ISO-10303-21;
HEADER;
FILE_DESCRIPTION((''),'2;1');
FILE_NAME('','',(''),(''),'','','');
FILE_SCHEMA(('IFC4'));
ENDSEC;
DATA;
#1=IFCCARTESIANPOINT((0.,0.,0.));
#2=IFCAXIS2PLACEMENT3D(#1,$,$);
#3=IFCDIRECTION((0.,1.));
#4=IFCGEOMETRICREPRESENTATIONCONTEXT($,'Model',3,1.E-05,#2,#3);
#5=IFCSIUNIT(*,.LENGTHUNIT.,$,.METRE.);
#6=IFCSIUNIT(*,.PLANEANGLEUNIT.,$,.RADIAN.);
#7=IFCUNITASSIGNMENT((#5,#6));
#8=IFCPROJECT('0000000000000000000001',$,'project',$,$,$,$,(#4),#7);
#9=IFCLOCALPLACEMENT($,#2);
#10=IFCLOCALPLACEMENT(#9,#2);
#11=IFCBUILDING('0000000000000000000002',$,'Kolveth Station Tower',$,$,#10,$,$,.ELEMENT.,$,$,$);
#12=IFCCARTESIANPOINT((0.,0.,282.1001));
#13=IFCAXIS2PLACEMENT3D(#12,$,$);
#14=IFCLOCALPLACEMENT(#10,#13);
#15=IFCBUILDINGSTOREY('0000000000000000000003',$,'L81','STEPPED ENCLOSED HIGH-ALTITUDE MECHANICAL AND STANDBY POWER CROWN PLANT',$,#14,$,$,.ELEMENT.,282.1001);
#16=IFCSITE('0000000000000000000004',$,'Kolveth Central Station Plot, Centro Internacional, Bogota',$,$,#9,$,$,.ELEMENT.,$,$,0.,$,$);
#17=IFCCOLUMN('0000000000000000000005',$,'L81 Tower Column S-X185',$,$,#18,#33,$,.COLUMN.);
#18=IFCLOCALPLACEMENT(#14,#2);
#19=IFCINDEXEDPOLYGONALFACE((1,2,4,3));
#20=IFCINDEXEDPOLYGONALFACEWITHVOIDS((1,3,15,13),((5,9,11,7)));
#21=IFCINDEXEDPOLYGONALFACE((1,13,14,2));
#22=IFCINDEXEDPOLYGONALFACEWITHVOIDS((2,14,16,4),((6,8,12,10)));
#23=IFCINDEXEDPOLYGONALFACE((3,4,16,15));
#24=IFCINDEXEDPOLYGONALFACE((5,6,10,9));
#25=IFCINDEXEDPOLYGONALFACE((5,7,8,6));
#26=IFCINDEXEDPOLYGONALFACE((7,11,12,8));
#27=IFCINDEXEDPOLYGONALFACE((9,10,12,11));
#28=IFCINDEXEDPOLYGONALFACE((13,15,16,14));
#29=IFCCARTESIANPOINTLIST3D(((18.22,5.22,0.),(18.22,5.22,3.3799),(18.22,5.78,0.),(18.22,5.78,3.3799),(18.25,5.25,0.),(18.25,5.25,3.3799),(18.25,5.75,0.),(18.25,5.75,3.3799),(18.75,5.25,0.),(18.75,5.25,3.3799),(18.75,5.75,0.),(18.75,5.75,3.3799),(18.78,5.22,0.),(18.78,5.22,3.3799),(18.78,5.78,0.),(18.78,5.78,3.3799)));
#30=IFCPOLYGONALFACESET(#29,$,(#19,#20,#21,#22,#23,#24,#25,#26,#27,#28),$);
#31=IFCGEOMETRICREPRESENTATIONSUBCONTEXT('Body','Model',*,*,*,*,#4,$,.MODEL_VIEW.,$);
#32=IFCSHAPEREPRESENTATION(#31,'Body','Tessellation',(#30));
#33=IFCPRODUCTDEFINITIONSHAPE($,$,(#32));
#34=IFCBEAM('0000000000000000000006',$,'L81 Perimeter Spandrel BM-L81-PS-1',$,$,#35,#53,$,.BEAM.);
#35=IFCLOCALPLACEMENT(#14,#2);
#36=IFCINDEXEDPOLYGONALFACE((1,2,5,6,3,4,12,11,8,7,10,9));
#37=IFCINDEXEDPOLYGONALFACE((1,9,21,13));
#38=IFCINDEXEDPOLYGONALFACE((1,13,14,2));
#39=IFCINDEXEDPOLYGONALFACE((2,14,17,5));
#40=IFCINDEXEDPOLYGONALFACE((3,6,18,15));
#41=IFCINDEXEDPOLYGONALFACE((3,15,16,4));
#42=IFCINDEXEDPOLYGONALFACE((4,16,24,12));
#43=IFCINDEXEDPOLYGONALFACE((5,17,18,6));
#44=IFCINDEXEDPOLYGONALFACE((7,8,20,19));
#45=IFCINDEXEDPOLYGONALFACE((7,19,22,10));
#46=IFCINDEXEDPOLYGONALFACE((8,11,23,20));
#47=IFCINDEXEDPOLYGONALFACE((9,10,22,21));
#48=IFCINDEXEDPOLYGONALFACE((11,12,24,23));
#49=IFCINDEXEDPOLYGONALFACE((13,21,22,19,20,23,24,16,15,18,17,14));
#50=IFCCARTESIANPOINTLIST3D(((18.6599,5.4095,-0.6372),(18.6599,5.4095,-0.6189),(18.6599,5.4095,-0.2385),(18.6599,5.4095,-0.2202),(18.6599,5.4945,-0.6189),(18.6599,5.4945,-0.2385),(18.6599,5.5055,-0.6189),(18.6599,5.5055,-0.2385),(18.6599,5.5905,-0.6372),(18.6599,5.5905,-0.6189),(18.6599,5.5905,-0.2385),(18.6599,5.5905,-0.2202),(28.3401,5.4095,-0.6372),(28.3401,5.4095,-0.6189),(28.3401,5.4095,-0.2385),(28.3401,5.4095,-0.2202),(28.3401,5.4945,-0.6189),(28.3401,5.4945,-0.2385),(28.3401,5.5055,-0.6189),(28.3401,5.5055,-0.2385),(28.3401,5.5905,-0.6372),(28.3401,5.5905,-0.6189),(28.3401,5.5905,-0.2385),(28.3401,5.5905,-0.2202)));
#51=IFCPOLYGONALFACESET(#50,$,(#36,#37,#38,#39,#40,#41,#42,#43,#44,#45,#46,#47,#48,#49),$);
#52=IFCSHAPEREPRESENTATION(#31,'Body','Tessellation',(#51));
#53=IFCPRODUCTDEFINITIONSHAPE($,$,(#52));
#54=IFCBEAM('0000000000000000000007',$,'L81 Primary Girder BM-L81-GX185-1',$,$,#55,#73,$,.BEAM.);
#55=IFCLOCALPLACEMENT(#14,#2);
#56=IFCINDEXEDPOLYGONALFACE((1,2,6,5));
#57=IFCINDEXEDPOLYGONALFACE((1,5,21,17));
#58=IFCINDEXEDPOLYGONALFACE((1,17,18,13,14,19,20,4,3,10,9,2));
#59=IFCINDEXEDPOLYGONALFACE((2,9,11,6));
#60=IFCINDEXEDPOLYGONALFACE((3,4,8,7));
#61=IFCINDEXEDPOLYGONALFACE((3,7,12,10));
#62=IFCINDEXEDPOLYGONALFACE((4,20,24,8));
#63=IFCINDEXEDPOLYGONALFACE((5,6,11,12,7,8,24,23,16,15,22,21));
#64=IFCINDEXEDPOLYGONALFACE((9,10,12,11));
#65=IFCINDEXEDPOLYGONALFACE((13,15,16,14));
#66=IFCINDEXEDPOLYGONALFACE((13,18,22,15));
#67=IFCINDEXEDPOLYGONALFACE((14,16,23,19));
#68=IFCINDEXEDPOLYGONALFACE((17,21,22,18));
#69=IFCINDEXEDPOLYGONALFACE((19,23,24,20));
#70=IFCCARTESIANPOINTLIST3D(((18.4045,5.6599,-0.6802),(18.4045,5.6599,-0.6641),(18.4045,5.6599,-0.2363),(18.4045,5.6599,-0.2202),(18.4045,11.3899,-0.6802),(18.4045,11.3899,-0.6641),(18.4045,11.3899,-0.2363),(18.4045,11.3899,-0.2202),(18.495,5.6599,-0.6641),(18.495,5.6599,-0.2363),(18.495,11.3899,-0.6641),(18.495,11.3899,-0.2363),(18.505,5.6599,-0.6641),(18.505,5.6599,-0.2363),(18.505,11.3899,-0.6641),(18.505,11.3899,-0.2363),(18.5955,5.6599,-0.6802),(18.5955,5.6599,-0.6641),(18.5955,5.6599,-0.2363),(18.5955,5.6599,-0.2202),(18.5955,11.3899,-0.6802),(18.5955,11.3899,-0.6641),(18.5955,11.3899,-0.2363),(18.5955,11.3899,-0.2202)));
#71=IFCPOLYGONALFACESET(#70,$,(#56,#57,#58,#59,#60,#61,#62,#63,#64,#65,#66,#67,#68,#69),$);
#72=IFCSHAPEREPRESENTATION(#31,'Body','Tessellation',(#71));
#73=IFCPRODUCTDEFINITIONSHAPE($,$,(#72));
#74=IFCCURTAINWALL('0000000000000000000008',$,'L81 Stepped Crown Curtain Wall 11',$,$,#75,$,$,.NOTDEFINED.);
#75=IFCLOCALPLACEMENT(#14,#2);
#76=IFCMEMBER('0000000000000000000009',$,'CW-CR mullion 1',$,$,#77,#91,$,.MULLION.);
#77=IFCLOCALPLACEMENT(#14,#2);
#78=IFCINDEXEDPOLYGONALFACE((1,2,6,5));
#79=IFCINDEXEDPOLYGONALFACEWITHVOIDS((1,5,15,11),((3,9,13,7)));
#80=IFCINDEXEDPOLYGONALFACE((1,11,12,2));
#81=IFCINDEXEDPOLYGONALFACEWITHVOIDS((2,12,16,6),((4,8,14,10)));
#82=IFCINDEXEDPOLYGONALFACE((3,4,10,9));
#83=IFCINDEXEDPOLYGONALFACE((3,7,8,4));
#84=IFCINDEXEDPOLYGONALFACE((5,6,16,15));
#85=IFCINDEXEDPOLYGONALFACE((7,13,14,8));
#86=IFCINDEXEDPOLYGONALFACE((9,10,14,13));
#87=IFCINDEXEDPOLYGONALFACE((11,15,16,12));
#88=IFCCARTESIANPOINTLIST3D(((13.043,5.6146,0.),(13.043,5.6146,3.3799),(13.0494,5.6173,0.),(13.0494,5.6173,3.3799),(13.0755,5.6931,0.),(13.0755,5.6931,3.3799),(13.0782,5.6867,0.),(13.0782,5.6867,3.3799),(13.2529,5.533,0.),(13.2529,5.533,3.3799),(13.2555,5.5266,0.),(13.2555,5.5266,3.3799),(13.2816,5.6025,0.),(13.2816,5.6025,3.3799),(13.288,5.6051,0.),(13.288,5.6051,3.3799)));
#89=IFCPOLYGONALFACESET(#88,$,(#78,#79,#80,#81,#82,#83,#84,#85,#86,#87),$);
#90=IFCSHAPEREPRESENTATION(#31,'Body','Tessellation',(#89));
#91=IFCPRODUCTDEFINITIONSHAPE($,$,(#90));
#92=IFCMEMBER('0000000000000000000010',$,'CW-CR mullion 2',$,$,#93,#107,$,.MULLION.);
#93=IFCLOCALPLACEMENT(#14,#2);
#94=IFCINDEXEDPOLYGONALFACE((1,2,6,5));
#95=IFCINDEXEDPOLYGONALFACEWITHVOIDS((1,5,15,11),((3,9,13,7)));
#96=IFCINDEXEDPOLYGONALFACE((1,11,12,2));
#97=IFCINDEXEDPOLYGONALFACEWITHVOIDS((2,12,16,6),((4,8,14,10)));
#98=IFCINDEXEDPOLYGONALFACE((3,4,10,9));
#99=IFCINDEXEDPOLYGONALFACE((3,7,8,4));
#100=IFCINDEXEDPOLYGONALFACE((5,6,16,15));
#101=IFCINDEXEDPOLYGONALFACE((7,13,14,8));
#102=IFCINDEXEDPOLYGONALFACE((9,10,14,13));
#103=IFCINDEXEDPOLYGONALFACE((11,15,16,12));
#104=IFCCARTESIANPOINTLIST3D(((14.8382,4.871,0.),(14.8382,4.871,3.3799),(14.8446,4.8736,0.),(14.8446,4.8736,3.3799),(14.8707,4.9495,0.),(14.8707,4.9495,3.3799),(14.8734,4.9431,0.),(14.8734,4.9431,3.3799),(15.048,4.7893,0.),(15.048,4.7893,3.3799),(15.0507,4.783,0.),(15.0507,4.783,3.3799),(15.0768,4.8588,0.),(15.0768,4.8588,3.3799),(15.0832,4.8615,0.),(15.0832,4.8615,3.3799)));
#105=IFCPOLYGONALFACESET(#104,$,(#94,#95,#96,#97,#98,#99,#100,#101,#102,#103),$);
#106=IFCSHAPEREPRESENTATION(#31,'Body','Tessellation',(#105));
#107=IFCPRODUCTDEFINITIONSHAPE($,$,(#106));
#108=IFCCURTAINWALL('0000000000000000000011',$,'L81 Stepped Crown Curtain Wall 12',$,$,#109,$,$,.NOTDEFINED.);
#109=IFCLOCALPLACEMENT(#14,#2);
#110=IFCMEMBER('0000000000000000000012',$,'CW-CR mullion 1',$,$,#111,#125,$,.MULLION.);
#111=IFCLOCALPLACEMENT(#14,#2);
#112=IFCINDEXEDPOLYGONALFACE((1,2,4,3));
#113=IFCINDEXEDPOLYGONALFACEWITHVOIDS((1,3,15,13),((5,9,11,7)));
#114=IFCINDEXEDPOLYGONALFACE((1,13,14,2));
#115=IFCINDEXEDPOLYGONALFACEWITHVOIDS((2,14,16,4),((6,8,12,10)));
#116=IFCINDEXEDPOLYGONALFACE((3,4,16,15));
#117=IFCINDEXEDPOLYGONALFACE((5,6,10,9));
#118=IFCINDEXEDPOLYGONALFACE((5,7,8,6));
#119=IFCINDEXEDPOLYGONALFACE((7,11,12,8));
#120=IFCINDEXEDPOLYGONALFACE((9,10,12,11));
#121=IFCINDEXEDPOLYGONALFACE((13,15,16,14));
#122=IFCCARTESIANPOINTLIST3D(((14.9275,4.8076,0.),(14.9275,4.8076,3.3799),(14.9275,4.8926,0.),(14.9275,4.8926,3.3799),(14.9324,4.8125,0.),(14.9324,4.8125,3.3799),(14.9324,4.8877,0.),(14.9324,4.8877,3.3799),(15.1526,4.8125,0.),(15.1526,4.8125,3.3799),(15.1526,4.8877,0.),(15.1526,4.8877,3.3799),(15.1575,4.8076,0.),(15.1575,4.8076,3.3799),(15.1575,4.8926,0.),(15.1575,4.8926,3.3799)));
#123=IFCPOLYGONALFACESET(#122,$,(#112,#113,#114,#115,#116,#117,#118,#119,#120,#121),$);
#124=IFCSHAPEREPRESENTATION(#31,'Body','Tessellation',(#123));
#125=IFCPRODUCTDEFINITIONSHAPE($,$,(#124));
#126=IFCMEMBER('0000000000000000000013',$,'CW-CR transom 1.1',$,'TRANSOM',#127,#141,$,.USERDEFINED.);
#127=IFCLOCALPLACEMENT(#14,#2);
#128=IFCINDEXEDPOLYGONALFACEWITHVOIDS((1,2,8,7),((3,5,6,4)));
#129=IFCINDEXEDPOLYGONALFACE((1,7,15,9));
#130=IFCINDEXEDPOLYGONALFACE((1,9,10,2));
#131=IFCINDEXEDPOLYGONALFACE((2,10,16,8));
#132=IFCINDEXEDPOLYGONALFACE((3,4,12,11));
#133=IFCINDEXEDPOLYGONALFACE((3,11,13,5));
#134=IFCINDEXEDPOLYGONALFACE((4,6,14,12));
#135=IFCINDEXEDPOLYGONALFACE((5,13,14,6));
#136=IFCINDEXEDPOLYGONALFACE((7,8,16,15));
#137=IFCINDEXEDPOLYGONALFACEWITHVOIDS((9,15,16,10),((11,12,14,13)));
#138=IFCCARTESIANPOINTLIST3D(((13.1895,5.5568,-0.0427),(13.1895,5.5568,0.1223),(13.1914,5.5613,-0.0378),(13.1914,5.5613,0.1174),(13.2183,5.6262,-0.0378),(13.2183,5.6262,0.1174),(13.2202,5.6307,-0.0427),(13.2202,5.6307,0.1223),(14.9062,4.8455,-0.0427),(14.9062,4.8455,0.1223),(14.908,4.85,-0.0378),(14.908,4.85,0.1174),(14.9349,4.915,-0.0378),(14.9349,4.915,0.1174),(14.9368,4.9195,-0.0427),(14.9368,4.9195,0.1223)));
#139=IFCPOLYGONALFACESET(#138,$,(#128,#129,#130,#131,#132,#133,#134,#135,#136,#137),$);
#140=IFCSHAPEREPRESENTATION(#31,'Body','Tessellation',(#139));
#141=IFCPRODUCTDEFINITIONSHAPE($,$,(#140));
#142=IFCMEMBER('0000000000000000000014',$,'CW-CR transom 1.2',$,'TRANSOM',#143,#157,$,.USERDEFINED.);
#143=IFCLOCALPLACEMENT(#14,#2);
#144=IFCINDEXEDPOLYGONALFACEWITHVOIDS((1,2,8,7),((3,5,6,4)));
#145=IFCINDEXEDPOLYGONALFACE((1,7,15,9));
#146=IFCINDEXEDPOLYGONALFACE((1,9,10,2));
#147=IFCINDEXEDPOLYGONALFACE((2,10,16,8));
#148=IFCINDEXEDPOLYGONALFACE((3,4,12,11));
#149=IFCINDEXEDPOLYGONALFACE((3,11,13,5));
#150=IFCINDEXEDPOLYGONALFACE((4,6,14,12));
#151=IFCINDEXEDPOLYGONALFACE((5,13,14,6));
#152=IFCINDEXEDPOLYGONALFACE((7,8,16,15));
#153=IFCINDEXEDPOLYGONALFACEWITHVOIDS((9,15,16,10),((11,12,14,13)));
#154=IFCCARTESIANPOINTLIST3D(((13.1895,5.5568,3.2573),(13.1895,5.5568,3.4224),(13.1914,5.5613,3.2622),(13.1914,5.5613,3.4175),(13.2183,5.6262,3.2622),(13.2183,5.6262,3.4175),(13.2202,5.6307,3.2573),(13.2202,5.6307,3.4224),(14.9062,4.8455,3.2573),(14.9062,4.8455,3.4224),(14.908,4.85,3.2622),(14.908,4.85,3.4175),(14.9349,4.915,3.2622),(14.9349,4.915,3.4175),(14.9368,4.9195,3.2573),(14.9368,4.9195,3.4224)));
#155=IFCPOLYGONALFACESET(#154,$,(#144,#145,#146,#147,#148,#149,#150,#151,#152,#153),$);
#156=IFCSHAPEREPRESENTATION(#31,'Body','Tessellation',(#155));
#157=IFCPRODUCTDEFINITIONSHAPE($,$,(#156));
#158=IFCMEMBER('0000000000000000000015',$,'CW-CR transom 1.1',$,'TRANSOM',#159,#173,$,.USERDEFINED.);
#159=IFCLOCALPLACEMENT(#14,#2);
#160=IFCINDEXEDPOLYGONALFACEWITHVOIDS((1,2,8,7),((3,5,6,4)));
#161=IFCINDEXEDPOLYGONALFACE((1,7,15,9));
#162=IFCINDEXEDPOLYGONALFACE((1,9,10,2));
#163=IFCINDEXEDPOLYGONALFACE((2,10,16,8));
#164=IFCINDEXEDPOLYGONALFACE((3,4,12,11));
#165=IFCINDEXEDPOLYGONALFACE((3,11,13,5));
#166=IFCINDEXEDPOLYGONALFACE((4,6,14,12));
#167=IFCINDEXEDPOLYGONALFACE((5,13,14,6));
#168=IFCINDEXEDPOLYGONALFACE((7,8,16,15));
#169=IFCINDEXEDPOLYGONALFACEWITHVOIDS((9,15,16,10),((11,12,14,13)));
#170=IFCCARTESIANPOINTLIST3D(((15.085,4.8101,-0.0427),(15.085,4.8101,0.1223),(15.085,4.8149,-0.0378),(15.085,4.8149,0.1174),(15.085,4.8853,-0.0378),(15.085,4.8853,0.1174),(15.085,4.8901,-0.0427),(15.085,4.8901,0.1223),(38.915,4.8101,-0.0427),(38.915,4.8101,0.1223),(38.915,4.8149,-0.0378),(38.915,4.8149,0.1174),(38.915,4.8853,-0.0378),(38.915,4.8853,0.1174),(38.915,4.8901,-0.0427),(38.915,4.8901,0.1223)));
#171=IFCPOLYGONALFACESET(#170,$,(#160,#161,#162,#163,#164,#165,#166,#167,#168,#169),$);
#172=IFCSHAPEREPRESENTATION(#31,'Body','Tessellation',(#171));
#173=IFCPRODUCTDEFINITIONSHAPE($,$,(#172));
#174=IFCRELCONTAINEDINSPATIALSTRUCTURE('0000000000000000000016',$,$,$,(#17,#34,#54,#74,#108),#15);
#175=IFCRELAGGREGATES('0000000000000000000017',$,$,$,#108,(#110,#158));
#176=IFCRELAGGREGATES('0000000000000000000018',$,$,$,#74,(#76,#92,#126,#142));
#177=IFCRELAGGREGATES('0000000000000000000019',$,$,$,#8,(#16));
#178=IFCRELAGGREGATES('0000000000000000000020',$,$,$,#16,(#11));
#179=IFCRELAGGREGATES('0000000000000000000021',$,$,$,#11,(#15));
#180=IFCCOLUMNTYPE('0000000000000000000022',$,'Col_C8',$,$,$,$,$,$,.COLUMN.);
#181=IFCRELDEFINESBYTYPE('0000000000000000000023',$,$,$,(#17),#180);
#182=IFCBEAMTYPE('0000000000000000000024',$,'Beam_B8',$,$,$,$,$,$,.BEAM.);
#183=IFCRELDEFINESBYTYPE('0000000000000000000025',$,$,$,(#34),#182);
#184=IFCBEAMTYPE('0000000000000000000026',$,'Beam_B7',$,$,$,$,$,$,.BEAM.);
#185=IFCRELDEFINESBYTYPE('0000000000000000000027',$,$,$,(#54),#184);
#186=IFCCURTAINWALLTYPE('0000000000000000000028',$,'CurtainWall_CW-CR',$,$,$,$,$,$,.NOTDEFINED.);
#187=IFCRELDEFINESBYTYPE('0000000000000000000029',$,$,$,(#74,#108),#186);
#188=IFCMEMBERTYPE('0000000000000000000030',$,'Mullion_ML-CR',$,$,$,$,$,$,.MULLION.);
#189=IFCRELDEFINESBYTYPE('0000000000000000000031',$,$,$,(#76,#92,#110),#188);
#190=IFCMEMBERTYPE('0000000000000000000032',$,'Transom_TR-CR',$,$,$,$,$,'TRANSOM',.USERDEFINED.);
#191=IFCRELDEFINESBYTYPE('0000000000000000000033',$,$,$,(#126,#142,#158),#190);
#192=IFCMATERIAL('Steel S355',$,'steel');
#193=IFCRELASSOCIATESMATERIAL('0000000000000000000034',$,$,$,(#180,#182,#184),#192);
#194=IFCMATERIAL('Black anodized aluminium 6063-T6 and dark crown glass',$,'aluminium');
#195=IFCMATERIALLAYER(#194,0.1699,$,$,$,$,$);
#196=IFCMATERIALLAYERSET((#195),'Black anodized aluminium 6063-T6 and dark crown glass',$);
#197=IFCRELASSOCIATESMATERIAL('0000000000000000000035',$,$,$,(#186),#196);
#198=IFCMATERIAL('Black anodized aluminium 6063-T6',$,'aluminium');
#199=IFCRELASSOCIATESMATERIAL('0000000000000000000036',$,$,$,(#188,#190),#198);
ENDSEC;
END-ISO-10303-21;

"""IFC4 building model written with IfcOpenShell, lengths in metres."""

from ifc_helpers import new_model, si_unit, direction, frame, origin, origin_2d, place, context, subcontext, project, spatial, hollow_rectangle, i_section, extrude, source, transform, mapped, material, layer, layer_set, material_profile, profile_set, type_object, element, aggregate, save


model = new_model("IFC4")

# Units and contexts
model_context = context("Model", 3, precision=1e-05, world=origin(), true_north=direction((0.0, 1.0)))
body_context = subcontext(model_context, "Body", "Model", "MODEL_VIEW")
ifc_project = project(units=[si_unit("LENGTHUNIT", "METRE"), si_unit("PLANEANGLEUNIT", "RADIAN")], contexts=[model_context])

# Site, building, storey
site_placement = place(None, origin())
site = spatial("IfcSite", under=ifc_project, at=site_placement, Name="Kolveth Central Station Plot, Centro Internacional, Bogota", CompositionType="ELEMENT", RefElevation=0.0)
building_placement = place(site_placement, origin())
building = spatial("IfcBuilding", under=site, at=building_placement, Name="Kolveth Station Tower", CompositionType="ELEMENT")
storey_placement = place(building_placement, frame((0.0, 0.0, 282.1001)))
storey = spatial("IfcBuildingStorey", under=building, at=storey_placement, Name="L81", Description="STEPPED ENCLOSED HIGH-ALTITUDE MECHANICAL AND STANDBY POWER CROWN PLANT", CompositionType="ELEMENT", Elevation=282.1001)

# Column
ifc_material_1 = material(Name="Steel S355", Category="steel")
ifc_material_profile_1 = material_profile(ifc_material_1, hollow_rectangle(XDim=0.5601, YDim=0.5601, WallThickness=0.03, at=origin_2d()), Name="BOX560x560x30")
ifc_profile_set_1 = profile_set([ifc_material_profile_1], Name="Steel S355")
column_type = type_object("IfcColumnType", Name="Col_C8", PredefinedType="COLUMN", material=ifc_profile_set_1)
shared_shape_1 = source(origin(), body_context, "Body", "SweptSolid", [
    extrude(hollow_rectangle(XDim=0.5601, YDim=0.5601, WallThickness=0.03, at=origin_2d()), origin(), (0.0, 0.0, 1.0), 3.3799),
])
column_placement = place(storey_placement, frame((18.5, 5.5, 0.0), z_axis=(0.0, 0.0, 1.0), x_axis=(1.0, 0.0, 0.0)))
element("IfcColumn", 1, at=column_placement, inside=storey, type_object=column_type, Name="L81 Tower Column S-X185", PredefinedType="COLUMN", context=body_context, shape_type="MappedRepresentation", body=[
    mapped(shared_shape_1, transform((0.0, 0.0, 0.0), x_axis=(1.0, 0.0, 0.0), y_axis=(0.0, 1.0, 0.0), z_axis=(0.0, 0.0, 1.0), scale=1.0)),
])

# Beams
ifc_material_profile_2 = material_profile(ifc_material_1, i_section(OverallWidth=0.1809, OverallDepth=0.417, WebThickness=0.011, FlangeThickness=0.0183, at=origin_2d()), Name="W410x85")
ifc_profile_set_2 = profile_set([ifc_material_profile_2], Name="Steel S355")
beam_type_1 = type_object("IfcBeamType", Name="Beam_B8", PredefinedType="BEAM", material=ifc_profile_set_2)
shared_shape_2 = source(origin(), body_context, "Body", "SweptSolid", [
    extrude(i_section(OverallWidth=0.1809, OverallDepth=0.417, WebThickness=0.011, FlangeThickness=0.0183, at=origin_2d()), origin(), (0.0, 0.0, 1.0), 9.6802),
])
beam_1_placement = place(storey_placement, frame((18.6599, 5.5, -0.4287), z_axis=(1.0, 0.0, 0.0), x_axis=(0.0, 1.0, 0.0)))
element("IfcBeam", 2, at=beam_1_placement, inside=storey, type_object=beam_type_1, Name="L81 Perimeter Spandrel BM-L81-PS-1", PredefinedType="BEAM", context=body_context, shape_type="MappedRepresentation", body=[
    mapped(shared_shape_2, transform((0.0, 0.0, 0.0), x_axis=(1.0, 0.0, 0.0), y_axis=(0.0, 1.0, 0.0), z_axis=(0.0, 0.0, 1.0), scale=1.0)),
])
ifc_material_profile_3 = material_profile(ifc_material_1, i_section(OverallWidth=0.1909, OverallDepth=0.46, WebThickness=0.01, FlangeThickness=0.0161, at=origin_2d()), Name="W460x82")
ifc_profile_set_3 = profile_set([ifc_material_profile_3], Name="Steel S355")
beam_type_2 = type_object("IfcBeamType", Name="Beam_B7", PredefinedType="BEAM", material=ifc_profile_set_3)
shared_shape_3 = source(origin(), body_context, "Body", "SweptSolid", [
    extrude(i_section(OverallWidth=0.1909, OverallDepth=0.46, WebThickness=0.01, FlangeThickness=0.0161, at=origin_2d()), origin(), (0.0, 0.0, 1.0), 5.73),
])
beam_2_placement = place(storey_placement, frame((18.5, 5.6599, -0.4502), z_axis=(0.0, 1.0, 0.0), x_axis=(-1.0, 0.0, 0.0)))
element("IfcBeam", 3, at=beam_2_placement, inside=storey, type_object=beam_type_2, Name="L81 Primary Girder BM-L81-GX185-1", PredefinedType="BEAM", context=body_context, shape_type="MappedRepresentation", body=[
    mapped(shared_shape_3, transform((0.0, 0.0, 0.0), x_axis=(1.0, 0.0, 0.0), y_axis=(0.0, 1.0, 0.0), z_axis=(0.0, 0.0, 1.0), scale=1.0)),
])

# Curtain wall, members
ifc_material_2 = material(Name="Black anodized aluminium 6063-T6 and dark crown glass", Category="aluminium")
ifc_layer_1 = layer(ifc_material_2, 0.1699)
ifc_layer_set_1 = layer_set([ifc_layer_1], Name="Black anodized aluminium 6063-T6 and dark crown glass")
curtain_wall_type = type_object("IfcCurtainWallType", Name="CurtainWall_CW-CR", PredefinedType="NOTDEFINED", material=ifc_layer_set_1)
curtain_wall_1_placement = place(storey_placement, origin())
curtain_wall_1 = element("IfcCurtainWall", 4, at=curtain_wall_1_placement, inside=storey, type_object=curtain_wall_type, Name="L81 Stepped Crown Curtain Wall 11", PredefinedType="NOTDEFINED")
ifc_material_3 = material(Name="Black anodized aluminium 6063-T6", Category="aluminium")
ifc_material_profile_4 = material_profile(ifc_material_3, hollow_rectangle(XDim=0.085, YDim=0.23, WallThickness=0.0049, at=origin_2d()), Name="ALU-85x230x5")
ifc_profile_set_4 = profile_set([ifc_material_profile_4], Name="Black anodized aluminium 6063-T6")
member_type_1 = type_object("IfcMemberType", Name="Mullion_ML-CR", PredefinedType="MULLION", material=ifc_profile_set_4)
shared_shape_4 = source(origin(), body_context, "Body", "SweptSolid", [
    extrude(hollow_rectangle(XDim=0.085, YDim=0.23, WallThickness=0.0049, at=origin_2d()), origin(), (0.0, 0.0, 1.0), 3.3799),
])
member_1_placement = place(storey_placement, frame((13.1655, 5.6099, 0.0), z_axis=(0.0, 0.0, 1.0), x_axis=(0.382703, 0.923871, 0.0)))
member_1 = element("IfcMember", 5, at=member_1_placement, type_object=member_type_1, Name="CW-CR mullion 1", PredefinedType="MULLION", context=body_context, shape_type="MappedRepresentation", body=[
    mapped(shared_shape_4, transform((0.0, 0.0, 0.0), x_axis=(1.0, 0.0, 0.0), y_axis=(0.0, 1.0, 0.0), z_axis=(0.0, 0.0, 1.0), scale=1.0)),
])
member_2_placement = place(storey_placement, frame((14.9607, 4.8662, 0.0), z_axis=(0.0, 0.0, 1.0), x_axis=(0.382703, 0.923871, 0.0)))
member_2 = element("IfcMember", 6, at=member_2_placement, type_object=member_type_1, Name="CW-CR mullion 2", PredefinedType="MULLION", context=body_context, shape_type="MappedRepresentation", body=[
    mapped(shared_shape_4, transform((0.0, 0.0, 0.0), x_axis=(1.0, 0.0, 0.0), y_axis=(0.0, 1.0, 0.0), z_axis=(0.0, 0.0, 1.0), scale=1.0)),
])

# Curtain wall, member
curtain_wall_2_placement = place(storey_placement, origin())
curtain_wall_2 = element("IfcCurtainWall", 7, at=curtain_wall_2_placement, inside=storey, type_object=curtain_wall_type, Name="L81 Stepped Crown Curtain Wall 12", PredefinedType="NOTDEFINED")
member_3_placement = place(storey_placement, frame((15.0425, 4.8501, 0.0), z_axis=(0.0, 0.0, 1.0), x_axis=(0.0, 1.0, 0.0)))
member_3 = element("IfcMember", 8, at=member_3_placement, type_object=member_type_1, Name="CW-CR mullion 1", PredefinedType="MULLION", context=body_context, shape_type="MappedRepresentation", body=[
    mapped(shared_shape_4, transform((0.0, 0.0, 0.0), x_axis=(1.0, 0.0, 0.0), y_axis=(0.0, 1.0, 0.0), z_axis=(0.0, 0.0, 1.0), scale=1.0)),
])

# Members
ifc_material_profile_5 = material_profile(ifc_material_3, hollow_rectangle(XDim=0.0801, YDim=0.165, WallThickness=0.0049, at=origin_2d()), Name="ALU-80x165x5")
ifc_profile_set_5 = profile_set([ifc_material_profile_5], Name="Black anodized aluminium 6063-T6")
member_type_2 = type_object("IfcMemberType", Name="Transom_TR-CR", ElementType="TRANSOM", PredefinedType="USERDEFINED", material=ifc_profile_set_5)
shared_shape_5 = source(origin(), body_context, "Body", "SweptSolid", [
    extrude(hollow_rectangle(XDim=0.0801, YDim=0.165, WallThickness=0.0049, at=origin_2d()), origin(), (0.0, 0.0, 1.0), 1.8582),
])
member_4_placement = place(storey_placement, frame((13.2048, 5.5938, 0.0398), z_axis=(0.923849, -0.382758, 0.0), x_axis=(0.382758, 0.923849, 0.0)))
member_4 = element("IfcMember", 9, at=member_4_placement, type_object=member_type_2, Name="CW-CR transom 1.1", ObjectType="TRANSOM", PredefinedType="USERDEFINED", context=body_context, shape_type="MappedRepresentation", body=[
    mapped(shared_shape_5, transform((0.0, 0.0, 0.0), x_axis=(1.0, 0.0, 0.0), y_axis=(0.0, 1.0, 0.0), z_axis=(0.0, 0.0, 1.0), scale=1.0)),
])
member_5_placement = place(storey_placement, frame((13.2048, 5.5938, 3.3398), z_axis=(0.923849, -0.382758, 0.0), x_axis=(0.382758, 0.923849, 0.0)))
member_5 = element("IfcMember", 10, at=member_5_placement, type_object=member_type_2, Name="CW-CR transom 1.2", ObjectType="TRANSOM", PredefinedType="USERDEFINED", context=body_context, shape_type="MappedRepresentation", body=[
    mapped(shared_shape_5, transform((0.0, 0.0, 0.0), x_axis=(1.0, 0.0, 0.0), y_axis=(0.0, 1.0, 0.0), z_axis=(0.0, 0.0, 1.0), scale=1.0)),
])
shared_shape_6 = source(origin(), body_context, "Body", "SweptSolid", [
    extrude(hollow_rectangle(XDim=0.0801, YDim=0.165, WallThickness=0.0049, at=origin_2d()), origin(), (0.0, 0.0, 1.0), 23.8301),
])
member_6_placement = place(storey_placement, frame((15.085, 4.8501, 0.0398), z_axis=(1.0, 0.0, 0.0), x_axis=(0.0, 1.0, 0.0)))
member_6 = element("IfcMember", 11, at=member_6_placement, type_object=member_type_2, Name="CW-CR transom 1.1", ObjectType="TRANSOM", PredefinedType="USERDEFINED", context=body_context, shape_type="MappedRepresentation", body=[
    mapped(shared_shape_6, transform((0.0, 0.0, 0.0), x_axis=(1.0, 0.0, 0.0), y_axis=(0.0, 1.0, 0.0), z_axis=(0.0, 0.0, 1.0), scale=1.0)),
])
aggregate(curtain_wall_2, [member_3, member_6])

aggregate(curtain_wall_1, [member_1, member_2, member_4, member_5])

save(model, "model.ifc")
